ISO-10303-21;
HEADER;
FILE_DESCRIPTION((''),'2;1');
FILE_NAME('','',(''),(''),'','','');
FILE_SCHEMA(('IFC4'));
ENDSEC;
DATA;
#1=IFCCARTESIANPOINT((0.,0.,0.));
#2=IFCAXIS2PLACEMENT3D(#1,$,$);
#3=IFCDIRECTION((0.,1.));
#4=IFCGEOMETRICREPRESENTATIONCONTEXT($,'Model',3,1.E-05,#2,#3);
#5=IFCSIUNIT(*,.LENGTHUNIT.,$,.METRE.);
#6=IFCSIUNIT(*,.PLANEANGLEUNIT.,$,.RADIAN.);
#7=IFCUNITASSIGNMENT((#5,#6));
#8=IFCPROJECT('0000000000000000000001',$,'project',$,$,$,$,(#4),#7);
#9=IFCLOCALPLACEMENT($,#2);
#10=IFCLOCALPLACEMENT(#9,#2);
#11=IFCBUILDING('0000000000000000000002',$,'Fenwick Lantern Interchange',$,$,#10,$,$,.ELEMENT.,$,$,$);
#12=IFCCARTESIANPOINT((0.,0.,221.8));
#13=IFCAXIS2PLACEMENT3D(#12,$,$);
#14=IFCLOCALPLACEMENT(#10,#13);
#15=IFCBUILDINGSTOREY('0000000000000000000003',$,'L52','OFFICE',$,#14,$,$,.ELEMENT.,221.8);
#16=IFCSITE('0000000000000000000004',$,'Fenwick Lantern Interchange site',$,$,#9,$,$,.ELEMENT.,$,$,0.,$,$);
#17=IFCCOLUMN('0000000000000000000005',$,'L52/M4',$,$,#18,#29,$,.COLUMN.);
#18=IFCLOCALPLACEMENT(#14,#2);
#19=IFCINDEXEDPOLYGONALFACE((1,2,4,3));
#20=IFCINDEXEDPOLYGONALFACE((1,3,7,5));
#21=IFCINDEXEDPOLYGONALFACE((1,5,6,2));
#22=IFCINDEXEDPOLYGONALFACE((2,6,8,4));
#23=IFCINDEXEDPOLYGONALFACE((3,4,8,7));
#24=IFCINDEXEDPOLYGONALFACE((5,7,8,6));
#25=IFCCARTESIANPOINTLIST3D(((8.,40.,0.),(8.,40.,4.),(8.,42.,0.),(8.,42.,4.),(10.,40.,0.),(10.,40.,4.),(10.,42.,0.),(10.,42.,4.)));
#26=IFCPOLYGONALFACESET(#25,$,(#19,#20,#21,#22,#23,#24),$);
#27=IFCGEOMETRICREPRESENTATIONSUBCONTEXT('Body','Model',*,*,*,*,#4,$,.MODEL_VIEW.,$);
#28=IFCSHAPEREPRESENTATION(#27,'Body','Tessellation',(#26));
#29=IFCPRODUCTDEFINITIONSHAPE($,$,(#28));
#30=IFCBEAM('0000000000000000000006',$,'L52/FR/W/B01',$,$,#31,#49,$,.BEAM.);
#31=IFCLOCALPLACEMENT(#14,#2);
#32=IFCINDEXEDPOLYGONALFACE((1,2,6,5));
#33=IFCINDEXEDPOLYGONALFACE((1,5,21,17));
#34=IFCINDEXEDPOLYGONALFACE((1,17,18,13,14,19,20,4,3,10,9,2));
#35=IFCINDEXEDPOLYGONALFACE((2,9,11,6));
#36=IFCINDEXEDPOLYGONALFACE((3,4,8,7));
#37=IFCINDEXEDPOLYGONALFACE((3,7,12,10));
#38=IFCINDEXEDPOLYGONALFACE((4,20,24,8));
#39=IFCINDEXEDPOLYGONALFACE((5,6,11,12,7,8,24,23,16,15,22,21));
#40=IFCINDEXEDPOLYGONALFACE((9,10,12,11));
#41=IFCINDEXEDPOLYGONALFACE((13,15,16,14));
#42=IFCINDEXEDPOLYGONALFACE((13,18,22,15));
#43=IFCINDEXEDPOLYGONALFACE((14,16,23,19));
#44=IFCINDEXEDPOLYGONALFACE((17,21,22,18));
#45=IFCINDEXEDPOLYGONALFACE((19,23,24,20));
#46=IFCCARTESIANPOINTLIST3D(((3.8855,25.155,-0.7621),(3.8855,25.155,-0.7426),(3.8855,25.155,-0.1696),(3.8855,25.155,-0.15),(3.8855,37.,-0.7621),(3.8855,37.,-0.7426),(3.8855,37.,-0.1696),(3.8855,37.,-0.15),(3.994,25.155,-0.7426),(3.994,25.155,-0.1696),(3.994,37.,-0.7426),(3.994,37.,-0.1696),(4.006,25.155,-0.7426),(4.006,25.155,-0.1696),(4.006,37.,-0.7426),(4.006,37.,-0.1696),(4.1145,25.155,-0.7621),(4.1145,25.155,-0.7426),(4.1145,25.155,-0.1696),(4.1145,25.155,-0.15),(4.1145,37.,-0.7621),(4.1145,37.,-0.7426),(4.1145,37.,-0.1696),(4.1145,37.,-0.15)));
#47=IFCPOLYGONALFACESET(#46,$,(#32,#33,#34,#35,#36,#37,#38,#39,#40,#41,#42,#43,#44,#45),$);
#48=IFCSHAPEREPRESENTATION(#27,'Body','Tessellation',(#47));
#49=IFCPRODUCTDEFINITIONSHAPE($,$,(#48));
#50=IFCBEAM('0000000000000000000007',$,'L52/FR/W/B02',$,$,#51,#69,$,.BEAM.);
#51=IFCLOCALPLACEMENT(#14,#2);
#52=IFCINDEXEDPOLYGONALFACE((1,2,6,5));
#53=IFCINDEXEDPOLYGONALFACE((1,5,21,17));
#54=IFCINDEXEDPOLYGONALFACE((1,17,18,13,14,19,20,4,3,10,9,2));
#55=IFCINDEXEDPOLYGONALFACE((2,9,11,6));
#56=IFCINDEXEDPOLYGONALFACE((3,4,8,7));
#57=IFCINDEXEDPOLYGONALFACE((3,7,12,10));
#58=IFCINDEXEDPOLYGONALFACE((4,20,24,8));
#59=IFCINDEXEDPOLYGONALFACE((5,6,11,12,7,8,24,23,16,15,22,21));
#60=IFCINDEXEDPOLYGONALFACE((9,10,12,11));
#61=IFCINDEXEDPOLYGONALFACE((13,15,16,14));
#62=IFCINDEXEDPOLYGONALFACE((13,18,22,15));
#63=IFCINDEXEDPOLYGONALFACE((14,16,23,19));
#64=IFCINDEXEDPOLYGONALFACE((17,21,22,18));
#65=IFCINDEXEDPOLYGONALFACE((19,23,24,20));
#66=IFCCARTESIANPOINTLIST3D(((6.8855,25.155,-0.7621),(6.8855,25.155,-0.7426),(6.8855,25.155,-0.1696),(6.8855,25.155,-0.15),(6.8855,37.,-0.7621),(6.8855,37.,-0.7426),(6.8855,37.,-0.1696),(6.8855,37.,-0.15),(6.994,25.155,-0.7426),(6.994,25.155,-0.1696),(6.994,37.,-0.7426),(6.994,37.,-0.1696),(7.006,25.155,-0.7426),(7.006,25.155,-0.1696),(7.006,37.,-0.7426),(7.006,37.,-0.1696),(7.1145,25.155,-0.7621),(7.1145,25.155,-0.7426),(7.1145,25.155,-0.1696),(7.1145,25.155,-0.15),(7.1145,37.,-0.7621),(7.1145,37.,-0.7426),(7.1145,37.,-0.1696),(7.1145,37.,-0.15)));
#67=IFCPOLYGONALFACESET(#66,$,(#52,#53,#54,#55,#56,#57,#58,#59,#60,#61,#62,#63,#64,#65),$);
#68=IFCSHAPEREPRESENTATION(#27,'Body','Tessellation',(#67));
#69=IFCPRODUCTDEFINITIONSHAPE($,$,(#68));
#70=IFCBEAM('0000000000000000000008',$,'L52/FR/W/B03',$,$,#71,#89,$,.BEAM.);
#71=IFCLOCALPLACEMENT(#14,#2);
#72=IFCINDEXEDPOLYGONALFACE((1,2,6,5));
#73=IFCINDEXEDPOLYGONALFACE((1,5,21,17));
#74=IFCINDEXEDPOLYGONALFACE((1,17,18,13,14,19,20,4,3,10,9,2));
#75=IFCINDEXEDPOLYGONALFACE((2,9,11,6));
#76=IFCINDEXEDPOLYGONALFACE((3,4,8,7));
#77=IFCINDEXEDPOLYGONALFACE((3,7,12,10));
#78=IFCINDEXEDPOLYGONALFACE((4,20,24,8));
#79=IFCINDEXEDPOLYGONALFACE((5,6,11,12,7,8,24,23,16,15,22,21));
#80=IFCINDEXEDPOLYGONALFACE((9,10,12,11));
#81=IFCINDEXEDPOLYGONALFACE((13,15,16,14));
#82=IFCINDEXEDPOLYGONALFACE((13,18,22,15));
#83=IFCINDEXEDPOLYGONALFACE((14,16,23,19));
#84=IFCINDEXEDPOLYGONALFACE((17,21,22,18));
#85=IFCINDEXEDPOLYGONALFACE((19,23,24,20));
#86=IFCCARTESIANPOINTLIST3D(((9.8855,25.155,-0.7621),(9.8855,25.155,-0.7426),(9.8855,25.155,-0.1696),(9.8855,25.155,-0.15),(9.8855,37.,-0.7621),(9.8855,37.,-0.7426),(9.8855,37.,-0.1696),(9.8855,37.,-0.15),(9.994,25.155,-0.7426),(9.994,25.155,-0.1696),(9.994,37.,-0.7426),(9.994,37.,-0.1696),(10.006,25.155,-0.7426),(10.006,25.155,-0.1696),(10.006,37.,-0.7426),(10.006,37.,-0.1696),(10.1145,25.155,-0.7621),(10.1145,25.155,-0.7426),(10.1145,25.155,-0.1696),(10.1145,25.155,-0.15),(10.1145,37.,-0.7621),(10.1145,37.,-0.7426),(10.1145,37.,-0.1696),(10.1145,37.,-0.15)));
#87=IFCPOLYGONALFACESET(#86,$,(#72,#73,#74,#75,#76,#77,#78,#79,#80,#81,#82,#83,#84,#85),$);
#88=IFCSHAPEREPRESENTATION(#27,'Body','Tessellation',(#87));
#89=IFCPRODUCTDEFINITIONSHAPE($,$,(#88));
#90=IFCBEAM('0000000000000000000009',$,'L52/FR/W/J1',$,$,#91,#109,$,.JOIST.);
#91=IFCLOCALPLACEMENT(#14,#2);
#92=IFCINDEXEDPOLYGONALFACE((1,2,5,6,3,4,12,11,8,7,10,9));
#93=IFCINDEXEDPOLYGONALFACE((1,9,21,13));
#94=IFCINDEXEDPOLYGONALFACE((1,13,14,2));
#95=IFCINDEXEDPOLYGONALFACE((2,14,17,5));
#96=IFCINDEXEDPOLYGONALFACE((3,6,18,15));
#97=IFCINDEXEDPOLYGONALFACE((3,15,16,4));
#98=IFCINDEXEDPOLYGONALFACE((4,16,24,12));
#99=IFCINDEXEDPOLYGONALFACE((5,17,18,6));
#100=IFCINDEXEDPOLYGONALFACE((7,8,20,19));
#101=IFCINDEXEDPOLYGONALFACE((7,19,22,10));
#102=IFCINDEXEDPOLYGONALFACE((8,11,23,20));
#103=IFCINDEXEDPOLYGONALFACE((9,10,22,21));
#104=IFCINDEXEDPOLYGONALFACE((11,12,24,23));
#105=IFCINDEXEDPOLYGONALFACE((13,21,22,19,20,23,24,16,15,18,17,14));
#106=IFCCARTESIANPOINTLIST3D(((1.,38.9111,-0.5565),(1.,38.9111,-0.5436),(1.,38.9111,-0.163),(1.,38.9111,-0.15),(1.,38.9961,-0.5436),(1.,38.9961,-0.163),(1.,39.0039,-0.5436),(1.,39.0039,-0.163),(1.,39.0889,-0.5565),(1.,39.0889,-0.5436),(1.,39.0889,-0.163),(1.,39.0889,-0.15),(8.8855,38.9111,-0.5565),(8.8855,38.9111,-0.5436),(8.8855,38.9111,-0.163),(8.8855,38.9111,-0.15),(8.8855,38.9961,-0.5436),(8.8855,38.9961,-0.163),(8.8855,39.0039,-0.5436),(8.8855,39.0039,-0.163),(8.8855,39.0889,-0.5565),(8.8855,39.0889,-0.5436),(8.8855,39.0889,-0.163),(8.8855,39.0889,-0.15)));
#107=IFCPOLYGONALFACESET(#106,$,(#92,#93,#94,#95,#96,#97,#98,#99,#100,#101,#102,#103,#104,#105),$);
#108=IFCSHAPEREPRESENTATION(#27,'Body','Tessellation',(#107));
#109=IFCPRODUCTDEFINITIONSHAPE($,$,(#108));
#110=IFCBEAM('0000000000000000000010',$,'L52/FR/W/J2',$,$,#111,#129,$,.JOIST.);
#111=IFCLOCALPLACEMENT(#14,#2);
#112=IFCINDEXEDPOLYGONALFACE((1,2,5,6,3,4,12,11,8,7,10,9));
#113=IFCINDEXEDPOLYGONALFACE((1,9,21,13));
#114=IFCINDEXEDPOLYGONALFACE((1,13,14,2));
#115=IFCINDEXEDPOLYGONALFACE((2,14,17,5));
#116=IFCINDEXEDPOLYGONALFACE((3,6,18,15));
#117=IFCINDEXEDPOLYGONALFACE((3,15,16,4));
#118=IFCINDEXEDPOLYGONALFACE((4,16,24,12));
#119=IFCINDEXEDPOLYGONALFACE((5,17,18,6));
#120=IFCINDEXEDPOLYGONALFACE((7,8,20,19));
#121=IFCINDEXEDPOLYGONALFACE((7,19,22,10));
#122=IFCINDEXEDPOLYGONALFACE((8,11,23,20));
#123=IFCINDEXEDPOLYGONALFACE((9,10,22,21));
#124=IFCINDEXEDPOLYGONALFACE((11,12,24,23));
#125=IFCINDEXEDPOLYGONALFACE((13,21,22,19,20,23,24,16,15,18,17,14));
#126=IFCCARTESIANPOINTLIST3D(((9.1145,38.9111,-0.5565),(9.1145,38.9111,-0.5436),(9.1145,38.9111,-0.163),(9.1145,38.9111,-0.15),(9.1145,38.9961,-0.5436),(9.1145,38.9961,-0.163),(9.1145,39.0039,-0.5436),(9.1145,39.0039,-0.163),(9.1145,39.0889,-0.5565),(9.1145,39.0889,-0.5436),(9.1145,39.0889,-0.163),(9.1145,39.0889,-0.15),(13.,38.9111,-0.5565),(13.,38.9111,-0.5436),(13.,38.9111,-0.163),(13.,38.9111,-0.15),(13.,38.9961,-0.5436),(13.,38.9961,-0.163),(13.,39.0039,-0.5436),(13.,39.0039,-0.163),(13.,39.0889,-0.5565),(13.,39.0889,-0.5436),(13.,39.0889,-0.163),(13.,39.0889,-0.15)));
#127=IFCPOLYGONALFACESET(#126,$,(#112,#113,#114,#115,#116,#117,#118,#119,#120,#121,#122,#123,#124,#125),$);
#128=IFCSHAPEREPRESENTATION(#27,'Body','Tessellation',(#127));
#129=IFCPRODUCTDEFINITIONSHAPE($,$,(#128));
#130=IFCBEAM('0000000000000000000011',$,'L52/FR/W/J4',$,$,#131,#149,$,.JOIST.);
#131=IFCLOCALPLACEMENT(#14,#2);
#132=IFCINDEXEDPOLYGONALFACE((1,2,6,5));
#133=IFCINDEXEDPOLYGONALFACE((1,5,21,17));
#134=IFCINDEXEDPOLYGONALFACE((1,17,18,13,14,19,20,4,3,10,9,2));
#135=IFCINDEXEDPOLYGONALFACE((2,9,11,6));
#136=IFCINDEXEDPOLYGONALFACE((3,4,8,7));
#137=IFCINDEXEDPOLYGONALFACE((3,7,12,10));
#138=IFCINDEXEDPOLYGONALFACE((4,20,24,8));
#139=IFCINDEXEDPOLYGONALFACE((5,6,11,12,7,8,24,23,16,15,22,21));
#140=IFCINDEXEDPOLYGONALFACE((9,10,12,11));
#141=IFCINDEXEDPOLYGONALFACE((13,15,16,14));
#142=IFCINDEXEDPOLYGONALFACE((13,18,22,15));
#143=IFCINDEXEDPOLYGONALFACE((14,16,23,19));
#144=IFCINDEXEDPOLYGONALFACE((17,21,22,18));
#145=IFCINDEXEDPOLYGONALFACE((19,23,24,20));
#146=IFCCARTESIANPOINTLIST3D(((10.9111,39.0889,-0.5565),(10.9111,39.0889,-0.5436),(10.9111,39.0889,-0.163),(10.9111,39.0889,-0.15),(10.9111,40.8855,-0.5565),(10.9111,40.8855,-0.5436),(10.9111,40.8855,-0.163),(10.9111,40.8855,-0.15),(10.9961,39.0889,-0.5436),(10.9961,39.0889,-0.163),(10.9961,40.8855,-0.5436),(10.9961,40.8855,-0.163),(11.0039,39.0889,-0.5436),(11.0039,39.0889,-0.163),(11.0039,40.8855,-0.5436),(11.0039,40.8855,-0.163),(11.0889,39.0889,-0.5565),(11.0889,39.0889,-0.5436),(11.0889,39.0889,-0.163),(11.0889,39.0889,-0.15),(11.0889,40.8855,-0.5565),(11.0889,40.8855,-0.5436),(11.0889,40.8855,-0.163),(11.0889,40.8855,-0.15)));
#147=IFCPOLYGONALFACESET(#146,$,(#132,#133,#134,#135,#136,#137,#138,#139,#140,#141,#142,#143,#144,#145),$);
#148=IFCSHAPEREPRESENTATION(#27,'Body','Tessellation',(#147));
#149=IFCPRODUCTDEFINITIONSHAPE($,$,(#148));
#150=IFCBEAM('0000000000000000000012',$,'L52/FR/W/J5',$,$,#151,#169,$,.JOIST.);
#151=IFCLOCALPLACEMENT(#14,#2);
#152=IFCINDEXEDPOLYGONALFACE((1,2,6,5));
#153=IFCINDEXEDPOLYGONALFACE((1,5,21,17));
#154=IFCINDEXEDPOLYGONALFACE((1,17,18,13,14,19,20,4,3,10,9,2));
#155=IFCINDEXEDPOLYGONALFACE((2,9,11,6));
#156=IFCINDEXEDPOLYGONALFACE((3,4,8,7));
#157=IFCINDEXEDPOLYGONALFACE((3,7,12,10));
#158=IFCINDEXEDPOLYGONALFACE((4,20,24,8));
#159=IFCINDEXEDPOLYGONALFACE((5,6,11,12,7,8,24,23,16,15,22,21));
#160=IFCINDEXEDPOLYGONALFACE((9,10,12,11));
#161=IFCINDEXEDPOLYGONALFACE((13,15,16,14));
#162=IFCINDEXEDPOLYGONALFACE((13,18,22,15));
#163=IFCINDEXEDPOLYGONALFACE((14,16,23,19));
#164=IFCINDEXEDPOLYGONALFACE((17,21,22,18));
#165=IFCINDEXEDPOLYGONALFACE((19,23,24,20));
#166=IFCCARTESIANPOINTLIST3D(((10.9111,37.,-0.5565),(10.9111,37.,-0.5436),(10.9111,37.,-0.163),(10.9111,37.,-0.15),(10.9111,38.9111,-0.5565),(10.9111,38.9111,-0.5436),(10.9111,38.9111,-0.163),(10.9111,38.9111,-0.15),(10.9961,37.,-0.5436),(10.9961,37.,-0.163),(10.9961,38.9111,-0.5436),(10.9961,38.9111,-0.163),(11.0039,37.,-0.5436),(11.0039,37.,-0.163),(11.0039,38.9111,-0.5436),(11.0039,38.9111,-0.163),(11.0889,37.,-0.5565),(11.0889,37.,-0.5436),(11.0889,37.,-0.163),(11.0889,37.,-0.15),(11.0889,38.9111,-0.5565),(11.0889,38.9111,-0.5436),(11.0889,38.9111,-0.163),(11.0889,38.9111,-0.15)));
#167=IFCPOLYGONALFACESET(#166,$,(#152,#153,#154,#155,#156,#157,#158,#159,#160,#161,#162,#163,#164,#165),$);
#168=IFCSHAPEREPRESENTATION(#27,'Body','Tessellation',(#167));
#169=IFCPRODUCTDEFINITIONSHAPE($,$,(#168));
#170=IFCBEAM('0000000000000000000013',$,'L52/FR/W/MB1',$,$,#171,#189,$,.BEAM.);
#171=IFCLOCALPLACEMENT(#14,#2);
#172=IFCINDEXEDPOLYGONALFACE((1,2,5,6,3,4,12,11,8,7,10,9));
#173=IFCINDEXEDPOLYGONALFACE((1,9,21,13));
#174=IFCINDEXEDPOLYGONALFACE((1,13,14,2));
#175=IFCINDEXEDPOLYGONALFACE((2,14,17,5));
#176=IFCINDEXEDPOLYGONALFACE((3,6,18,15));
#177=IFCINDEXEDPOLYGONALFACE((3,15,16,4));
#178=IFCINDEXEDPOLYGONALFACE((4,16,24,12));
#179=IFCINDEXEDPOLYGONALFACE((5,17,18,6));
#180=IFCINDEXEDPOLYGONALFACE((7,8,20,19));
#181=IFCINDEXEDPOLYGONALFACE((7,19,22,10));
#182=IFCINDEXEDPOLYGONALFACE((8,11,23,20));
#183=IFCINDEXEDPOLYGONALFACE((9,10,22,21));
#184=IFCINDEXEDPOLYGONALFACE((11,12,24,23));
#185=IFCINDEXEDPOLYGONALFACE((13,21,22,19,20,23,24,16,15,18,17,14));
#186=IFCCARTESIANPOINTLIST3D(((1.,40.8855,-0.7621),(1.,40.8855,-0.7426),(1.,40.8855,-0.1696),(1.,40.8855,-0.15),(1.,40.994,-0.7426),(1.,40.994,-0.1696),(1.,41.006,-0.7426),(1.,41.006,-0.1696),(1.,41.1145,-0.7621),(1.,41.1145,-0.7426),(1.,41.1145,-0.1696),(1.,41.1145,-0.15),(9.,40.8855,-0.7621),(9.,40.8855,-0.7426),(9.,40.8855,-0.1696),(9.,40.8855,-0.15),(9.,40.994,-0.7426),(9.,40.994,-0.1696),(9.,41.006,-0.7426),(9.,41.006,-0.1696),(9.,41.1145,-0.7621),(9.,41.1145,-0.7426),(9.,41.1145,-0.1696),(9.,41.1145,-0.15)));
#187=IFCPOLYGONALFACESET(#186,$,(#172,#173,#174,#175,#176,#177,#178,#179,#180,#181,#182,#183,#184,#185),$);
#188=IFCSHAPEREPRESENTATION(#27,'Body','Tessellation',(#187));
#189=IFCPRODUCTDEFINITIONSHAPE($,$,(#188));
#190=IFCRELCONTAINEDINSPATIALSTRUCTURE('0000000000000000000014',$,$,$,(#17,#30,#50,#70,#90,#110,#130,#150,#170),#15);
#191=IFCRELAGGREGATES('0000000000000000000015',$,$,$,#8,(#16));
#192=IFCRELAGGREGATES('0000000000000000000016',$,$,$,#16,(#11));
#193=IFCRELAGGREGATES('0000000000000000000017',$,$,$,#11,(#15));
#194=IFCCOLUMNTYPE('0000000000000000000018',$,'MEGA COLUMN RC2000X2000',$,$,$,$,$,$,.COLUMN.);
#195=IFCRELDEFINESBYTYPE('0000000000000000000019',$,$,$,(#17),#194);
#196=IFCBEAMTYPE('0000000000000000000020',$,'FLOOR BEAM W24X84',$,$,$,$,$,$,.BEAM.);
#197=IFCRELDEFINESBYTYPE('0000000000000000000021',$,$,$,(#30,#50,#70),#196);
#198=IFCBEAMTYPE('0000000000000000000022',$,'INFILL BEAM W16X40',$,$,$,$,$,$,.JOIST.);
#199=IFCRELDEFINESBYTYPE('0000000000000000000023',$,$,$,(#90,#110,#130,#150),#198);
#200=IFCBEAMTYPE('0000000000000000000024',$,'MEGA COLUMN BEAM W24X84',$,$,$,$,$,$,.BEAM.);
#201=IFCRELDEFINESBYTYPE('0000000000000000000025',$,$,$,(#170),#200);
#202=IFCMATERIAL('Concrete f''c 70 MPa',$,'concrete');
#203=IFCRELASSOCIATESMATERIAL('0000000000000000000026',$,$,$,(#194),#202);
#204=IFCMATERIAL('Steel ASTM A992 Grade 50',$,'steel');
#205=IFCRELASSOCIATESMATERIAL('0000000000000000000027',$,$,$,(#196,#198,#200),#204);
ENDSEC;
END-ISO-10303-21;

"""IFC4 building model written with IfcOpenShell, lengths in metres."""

from ifc_helpers import new_model, si_unit, direction, frame, origin, origin_2d, place, context, subcontext, project, spatial, rectangle, i_section, extrude, material, material_profile, profile_set, type_object, element, save


model = new_model("IFC4")

# Units and contexts
model_context = context("Model", 3, precision=1e-05, world=origin(), true_north=direction((0.0, 1.0)))
body_context = subcontext(model_context, "Body", "Model", "MODEL_VIEW")
ifc_project = project(units=[si_unit("LENGTHUNIT", "METRE"), si_unit("PLANEANGLEUNIT", "RADIAN")], contexts=[model_context])

# Site, building, storey
site_placement = place(None, origin())
site = spatial("IfcSite", under=ifc_project, at=site_placement, Name="Fenwick Lantern Interchange site", CompositionType="ELEMENT", RefElevation=0.0)
building_placement = place(site_placement, origin())
building = spatial("IfcBuilding", under=site, at=building_placement, Name="Fenwick Lantern Interchange", CompositionType="ELEMENT")
storey_placement = place(building_placement, frame((0.0, 0.0, 221.8)))
storey = spatial("IfcBuildingStorey", under=building, at=storey_placement, Name="L52", Description="OFFICE", CompositionType="ELEMENT", Elevation=221.8)

# Column
ifc_material_1 = material(Name="Concrete f'c 70 MPa", Category="concrete")
ifc_material_profile_1 = material_profile(ifc_material_1, rectangle(XDim=2.0, YDim=2.0, at=origin_2d()), Name="RC2000X2000")
ifc_profile_set_1 = profile_set([ifc_material_profile_1], Name="Concrete f'c 70 MPa")
column_type = type_object("IfcColumnType", Name="MEGA COLUMN RC2000X2000", PredefinedType="COLUMN", material=ifc_profile_set_1)
column_placement = place(storey_placement, frame((9.0, 41.0, 0.0), z_axis=(0.0, 0.0, 1.0), x_axis=(1.0, 0.0, 0.0)))
element("IfcColumn", 1, at=column_placement, inside=storey, type_object=column_type, Name="L52/M4", PredefinedType="COLUMN", context=body_context, shape_type="SweptSolid", body=[
    extrude(rectangle(XDim=2.0, YDim=2.0, at=origin_2d()), origin(), (0.0, 0.0, 1.0), 4.0),
])

# Beams
ifc_material_2 = material(Name="Steel ASTM A992 Grade 50", Category="steel")
ifc_material_profile_2 = material_profile(ifc_material_2, i_section(OverallWidth=0.229, OverallDepth=0.6121, WebThickness=0.012, FlangeThickness=0.0195, at=origin_2d()), Name="W24X84")
ifc_profile_set_2 = profile_set([ifc_material_profile_2], Name="Steel ASTM A992 Grade 50")
beam_type_1 = type_object("IfcBeamType", Name="FLOOR BEAM W24X84", PredefinedType="BEAM", material=ifc_profile_set_2)
for number, where, z_axis, x_axis, name in (
    (2, (4.0, 37.0, -0.4561), (0.0, -1.0, 0.0), (1.0, 0.0, 0.0), "L52/FR/W/B01"),
    (3, (7.0, 37.0, -0.4561), (0.0, -1.0, 0.0), (1.0, 0.0, 0.0), "L52/FR/W/B02"),
    (4, (10.0, 37.0, -0.4561), (0.0, -1.0, 0.0), (1.0, 0.0, 0.0), "L52/FR/W/B03"),
):
    element("IfcBeam", number, at=place(storey_placement, frame(where, z_axis=z_axis, x_axis=x_axis)), inside=storey, type_object=beam_type_1, Name=name, PredefinedType="BEAM", context=body_context, shape_type="SweptSolid", body=[
        extrude(i_section(OverallWidth=0.229, OverallDepth=0.6121, WebThickness=0.012, FlangeThickness=0.0195, at=origin_2d()), origin(), (0.0, 0.0, 1.0), 11.845),
    ])
ifc_material_profile_3 = material_profile(ifc_material_2, i_section(OverallWidth=0.1777, OverallDepth=0.4065, WebThickness=0.0078, FlangeThickness=0.0129, at=origin_2d()), Name="W16X40")
ifc_profile_set_3 = profile_set([ifc_material_profile_3], Name="Steel ASTM A992 Grade 50")
beam_type_2 = type_object("IfcBeamType", Name="INFILL BEAM W16X40", PredefinedType="JOIST", material=ifc_profile_set_3)
beam_1_placement = place(storey_placement, frame((1.0, 39.0, -0.3533), z_axis=(1.0, 0.0, 0.0), x_axis=(0.0, 1.0, 0.0)))
element("IfcBeam", 5, at=beam_1_placement, inside=storey, type_object=beam_type_2, Name="L52/FR/W/J1", PredefinedType="JOIST", context=body_context, shape_type="SweptSolid", body=[
    extrude(i_section(OverallWidth=0.1777, OverallDepth=0.4065, WebThickness=0.0078, FlangeThickness=0.0129, at=origin_2d()), origin(), (0.0, 0.0, 1.0), 7.8855),
])
beam_2_placement = place(storey_placement, frame((9.1145, 39.0, -0.3533), z_axis=(1.0, 0.0, 0.0), x_axis=(0.0, 1.0, 0.0)))
element("IfcBeam", 6, at=beam_2_placement, inside=storey, type_object=beam_type_2, Name="L52/FR/W/J2", PredefinedType="JOIST", context=body_context, shape_type="SweptSolid", body=[
    extrude(i_section(OverallWidth=0.1777, OverallDepth=0.4065, WebThickness=0.0078, FlangeThickness=0.0129, at=origin_2d()), origin(), (0.0, 0.0, 1.0), 3.8855),
])
beam_3_placement = place(storey_placement, frame((11.0, 40.8855, -0.3533), z_axis=(0.0, -1.0, 0.0), x_axis=(1.0, 0.0, 0.0)))
element("IfcBeam", 7, at=beam_3_placement, inside=storey, type_object=beam_type_2, Name="L52/FR/W/J4", PredefinedType="JOIST", context=body_context, shape_type="SweptSolid", body=[
    extrude(i_section(OverallWidth=0.1777, OverallDepth=0.4065, WebThickness=0.0078, FlangeThickness=0.0129, at=origin_2d()), origin(), (0.0, 0.0, 1.0), 1.7966),
])
beam_4_placement = place(storey_placement, frame((11.0, 38.9111, -0.3533), z_axis=(0.0, -1.0, 0.0), x_axis=(1.0, 0.0, 0.0)))
element("IfcBeam", 8, at=beam_4_placement, inside=storey, type_object=beam_type_2, Name="L52/FR/W/J5", PredefinedType="JOIST", context=body_context, shape_type="SweptSolid", body=[
    extrude(i_section(OverallWidth=0.1777, OverallDepth=0.4065, WebThickness=0.0078, FlangeThickness=0.0129, at=origin_2d()), origin(), (0.0, 0.0, 1.0), 1.9111),
])
ifc_material_profile_4 = material_profile(ifc_material_2, i_section(OverallWidth=0.229, OverallDepth=0.6121, WebThickness=0.012, FlangeThickness=0.0195, at=origin_2d()), Name="W24X84")
ifc_profile_set_4 = profile_set([ifc_material_profile_4], Name="Steel ASTM A992 Grade 50")
beam_type_3 = type_object("IfcBeamType", Name="MEGA COLUMN BEAM W24X84", PredefinedType="BEAM", material=ifc_profile_set_4)
for number, where, z_axis, x_axis, name in (
    (9, (9.0, 41.0, -0.4561), (-1.0, 0.0, 0.0), (0.0, -1.0, 0.0), "L52/FR/W/MB1"),
):
    element("IfcBeam", number, at=place(storey_placement, frame(where, z_axis=z_axis, x_axis=x_axis)), inside=storey, type_object=beam_type_3, Name=name, PredefinedType="BEAM", context=body_context, shape_type="SweptSolid", body=[
        extrude(i_section(OverallWidth=0.229, OverallDepth=0.6121, WebThickness=0.012, FlangeThickness=0.0195, at=origin_2d()), origin(), (0.0, 0.0, 1.0), 8.0),
    ])

save(model, "model.ifc")
